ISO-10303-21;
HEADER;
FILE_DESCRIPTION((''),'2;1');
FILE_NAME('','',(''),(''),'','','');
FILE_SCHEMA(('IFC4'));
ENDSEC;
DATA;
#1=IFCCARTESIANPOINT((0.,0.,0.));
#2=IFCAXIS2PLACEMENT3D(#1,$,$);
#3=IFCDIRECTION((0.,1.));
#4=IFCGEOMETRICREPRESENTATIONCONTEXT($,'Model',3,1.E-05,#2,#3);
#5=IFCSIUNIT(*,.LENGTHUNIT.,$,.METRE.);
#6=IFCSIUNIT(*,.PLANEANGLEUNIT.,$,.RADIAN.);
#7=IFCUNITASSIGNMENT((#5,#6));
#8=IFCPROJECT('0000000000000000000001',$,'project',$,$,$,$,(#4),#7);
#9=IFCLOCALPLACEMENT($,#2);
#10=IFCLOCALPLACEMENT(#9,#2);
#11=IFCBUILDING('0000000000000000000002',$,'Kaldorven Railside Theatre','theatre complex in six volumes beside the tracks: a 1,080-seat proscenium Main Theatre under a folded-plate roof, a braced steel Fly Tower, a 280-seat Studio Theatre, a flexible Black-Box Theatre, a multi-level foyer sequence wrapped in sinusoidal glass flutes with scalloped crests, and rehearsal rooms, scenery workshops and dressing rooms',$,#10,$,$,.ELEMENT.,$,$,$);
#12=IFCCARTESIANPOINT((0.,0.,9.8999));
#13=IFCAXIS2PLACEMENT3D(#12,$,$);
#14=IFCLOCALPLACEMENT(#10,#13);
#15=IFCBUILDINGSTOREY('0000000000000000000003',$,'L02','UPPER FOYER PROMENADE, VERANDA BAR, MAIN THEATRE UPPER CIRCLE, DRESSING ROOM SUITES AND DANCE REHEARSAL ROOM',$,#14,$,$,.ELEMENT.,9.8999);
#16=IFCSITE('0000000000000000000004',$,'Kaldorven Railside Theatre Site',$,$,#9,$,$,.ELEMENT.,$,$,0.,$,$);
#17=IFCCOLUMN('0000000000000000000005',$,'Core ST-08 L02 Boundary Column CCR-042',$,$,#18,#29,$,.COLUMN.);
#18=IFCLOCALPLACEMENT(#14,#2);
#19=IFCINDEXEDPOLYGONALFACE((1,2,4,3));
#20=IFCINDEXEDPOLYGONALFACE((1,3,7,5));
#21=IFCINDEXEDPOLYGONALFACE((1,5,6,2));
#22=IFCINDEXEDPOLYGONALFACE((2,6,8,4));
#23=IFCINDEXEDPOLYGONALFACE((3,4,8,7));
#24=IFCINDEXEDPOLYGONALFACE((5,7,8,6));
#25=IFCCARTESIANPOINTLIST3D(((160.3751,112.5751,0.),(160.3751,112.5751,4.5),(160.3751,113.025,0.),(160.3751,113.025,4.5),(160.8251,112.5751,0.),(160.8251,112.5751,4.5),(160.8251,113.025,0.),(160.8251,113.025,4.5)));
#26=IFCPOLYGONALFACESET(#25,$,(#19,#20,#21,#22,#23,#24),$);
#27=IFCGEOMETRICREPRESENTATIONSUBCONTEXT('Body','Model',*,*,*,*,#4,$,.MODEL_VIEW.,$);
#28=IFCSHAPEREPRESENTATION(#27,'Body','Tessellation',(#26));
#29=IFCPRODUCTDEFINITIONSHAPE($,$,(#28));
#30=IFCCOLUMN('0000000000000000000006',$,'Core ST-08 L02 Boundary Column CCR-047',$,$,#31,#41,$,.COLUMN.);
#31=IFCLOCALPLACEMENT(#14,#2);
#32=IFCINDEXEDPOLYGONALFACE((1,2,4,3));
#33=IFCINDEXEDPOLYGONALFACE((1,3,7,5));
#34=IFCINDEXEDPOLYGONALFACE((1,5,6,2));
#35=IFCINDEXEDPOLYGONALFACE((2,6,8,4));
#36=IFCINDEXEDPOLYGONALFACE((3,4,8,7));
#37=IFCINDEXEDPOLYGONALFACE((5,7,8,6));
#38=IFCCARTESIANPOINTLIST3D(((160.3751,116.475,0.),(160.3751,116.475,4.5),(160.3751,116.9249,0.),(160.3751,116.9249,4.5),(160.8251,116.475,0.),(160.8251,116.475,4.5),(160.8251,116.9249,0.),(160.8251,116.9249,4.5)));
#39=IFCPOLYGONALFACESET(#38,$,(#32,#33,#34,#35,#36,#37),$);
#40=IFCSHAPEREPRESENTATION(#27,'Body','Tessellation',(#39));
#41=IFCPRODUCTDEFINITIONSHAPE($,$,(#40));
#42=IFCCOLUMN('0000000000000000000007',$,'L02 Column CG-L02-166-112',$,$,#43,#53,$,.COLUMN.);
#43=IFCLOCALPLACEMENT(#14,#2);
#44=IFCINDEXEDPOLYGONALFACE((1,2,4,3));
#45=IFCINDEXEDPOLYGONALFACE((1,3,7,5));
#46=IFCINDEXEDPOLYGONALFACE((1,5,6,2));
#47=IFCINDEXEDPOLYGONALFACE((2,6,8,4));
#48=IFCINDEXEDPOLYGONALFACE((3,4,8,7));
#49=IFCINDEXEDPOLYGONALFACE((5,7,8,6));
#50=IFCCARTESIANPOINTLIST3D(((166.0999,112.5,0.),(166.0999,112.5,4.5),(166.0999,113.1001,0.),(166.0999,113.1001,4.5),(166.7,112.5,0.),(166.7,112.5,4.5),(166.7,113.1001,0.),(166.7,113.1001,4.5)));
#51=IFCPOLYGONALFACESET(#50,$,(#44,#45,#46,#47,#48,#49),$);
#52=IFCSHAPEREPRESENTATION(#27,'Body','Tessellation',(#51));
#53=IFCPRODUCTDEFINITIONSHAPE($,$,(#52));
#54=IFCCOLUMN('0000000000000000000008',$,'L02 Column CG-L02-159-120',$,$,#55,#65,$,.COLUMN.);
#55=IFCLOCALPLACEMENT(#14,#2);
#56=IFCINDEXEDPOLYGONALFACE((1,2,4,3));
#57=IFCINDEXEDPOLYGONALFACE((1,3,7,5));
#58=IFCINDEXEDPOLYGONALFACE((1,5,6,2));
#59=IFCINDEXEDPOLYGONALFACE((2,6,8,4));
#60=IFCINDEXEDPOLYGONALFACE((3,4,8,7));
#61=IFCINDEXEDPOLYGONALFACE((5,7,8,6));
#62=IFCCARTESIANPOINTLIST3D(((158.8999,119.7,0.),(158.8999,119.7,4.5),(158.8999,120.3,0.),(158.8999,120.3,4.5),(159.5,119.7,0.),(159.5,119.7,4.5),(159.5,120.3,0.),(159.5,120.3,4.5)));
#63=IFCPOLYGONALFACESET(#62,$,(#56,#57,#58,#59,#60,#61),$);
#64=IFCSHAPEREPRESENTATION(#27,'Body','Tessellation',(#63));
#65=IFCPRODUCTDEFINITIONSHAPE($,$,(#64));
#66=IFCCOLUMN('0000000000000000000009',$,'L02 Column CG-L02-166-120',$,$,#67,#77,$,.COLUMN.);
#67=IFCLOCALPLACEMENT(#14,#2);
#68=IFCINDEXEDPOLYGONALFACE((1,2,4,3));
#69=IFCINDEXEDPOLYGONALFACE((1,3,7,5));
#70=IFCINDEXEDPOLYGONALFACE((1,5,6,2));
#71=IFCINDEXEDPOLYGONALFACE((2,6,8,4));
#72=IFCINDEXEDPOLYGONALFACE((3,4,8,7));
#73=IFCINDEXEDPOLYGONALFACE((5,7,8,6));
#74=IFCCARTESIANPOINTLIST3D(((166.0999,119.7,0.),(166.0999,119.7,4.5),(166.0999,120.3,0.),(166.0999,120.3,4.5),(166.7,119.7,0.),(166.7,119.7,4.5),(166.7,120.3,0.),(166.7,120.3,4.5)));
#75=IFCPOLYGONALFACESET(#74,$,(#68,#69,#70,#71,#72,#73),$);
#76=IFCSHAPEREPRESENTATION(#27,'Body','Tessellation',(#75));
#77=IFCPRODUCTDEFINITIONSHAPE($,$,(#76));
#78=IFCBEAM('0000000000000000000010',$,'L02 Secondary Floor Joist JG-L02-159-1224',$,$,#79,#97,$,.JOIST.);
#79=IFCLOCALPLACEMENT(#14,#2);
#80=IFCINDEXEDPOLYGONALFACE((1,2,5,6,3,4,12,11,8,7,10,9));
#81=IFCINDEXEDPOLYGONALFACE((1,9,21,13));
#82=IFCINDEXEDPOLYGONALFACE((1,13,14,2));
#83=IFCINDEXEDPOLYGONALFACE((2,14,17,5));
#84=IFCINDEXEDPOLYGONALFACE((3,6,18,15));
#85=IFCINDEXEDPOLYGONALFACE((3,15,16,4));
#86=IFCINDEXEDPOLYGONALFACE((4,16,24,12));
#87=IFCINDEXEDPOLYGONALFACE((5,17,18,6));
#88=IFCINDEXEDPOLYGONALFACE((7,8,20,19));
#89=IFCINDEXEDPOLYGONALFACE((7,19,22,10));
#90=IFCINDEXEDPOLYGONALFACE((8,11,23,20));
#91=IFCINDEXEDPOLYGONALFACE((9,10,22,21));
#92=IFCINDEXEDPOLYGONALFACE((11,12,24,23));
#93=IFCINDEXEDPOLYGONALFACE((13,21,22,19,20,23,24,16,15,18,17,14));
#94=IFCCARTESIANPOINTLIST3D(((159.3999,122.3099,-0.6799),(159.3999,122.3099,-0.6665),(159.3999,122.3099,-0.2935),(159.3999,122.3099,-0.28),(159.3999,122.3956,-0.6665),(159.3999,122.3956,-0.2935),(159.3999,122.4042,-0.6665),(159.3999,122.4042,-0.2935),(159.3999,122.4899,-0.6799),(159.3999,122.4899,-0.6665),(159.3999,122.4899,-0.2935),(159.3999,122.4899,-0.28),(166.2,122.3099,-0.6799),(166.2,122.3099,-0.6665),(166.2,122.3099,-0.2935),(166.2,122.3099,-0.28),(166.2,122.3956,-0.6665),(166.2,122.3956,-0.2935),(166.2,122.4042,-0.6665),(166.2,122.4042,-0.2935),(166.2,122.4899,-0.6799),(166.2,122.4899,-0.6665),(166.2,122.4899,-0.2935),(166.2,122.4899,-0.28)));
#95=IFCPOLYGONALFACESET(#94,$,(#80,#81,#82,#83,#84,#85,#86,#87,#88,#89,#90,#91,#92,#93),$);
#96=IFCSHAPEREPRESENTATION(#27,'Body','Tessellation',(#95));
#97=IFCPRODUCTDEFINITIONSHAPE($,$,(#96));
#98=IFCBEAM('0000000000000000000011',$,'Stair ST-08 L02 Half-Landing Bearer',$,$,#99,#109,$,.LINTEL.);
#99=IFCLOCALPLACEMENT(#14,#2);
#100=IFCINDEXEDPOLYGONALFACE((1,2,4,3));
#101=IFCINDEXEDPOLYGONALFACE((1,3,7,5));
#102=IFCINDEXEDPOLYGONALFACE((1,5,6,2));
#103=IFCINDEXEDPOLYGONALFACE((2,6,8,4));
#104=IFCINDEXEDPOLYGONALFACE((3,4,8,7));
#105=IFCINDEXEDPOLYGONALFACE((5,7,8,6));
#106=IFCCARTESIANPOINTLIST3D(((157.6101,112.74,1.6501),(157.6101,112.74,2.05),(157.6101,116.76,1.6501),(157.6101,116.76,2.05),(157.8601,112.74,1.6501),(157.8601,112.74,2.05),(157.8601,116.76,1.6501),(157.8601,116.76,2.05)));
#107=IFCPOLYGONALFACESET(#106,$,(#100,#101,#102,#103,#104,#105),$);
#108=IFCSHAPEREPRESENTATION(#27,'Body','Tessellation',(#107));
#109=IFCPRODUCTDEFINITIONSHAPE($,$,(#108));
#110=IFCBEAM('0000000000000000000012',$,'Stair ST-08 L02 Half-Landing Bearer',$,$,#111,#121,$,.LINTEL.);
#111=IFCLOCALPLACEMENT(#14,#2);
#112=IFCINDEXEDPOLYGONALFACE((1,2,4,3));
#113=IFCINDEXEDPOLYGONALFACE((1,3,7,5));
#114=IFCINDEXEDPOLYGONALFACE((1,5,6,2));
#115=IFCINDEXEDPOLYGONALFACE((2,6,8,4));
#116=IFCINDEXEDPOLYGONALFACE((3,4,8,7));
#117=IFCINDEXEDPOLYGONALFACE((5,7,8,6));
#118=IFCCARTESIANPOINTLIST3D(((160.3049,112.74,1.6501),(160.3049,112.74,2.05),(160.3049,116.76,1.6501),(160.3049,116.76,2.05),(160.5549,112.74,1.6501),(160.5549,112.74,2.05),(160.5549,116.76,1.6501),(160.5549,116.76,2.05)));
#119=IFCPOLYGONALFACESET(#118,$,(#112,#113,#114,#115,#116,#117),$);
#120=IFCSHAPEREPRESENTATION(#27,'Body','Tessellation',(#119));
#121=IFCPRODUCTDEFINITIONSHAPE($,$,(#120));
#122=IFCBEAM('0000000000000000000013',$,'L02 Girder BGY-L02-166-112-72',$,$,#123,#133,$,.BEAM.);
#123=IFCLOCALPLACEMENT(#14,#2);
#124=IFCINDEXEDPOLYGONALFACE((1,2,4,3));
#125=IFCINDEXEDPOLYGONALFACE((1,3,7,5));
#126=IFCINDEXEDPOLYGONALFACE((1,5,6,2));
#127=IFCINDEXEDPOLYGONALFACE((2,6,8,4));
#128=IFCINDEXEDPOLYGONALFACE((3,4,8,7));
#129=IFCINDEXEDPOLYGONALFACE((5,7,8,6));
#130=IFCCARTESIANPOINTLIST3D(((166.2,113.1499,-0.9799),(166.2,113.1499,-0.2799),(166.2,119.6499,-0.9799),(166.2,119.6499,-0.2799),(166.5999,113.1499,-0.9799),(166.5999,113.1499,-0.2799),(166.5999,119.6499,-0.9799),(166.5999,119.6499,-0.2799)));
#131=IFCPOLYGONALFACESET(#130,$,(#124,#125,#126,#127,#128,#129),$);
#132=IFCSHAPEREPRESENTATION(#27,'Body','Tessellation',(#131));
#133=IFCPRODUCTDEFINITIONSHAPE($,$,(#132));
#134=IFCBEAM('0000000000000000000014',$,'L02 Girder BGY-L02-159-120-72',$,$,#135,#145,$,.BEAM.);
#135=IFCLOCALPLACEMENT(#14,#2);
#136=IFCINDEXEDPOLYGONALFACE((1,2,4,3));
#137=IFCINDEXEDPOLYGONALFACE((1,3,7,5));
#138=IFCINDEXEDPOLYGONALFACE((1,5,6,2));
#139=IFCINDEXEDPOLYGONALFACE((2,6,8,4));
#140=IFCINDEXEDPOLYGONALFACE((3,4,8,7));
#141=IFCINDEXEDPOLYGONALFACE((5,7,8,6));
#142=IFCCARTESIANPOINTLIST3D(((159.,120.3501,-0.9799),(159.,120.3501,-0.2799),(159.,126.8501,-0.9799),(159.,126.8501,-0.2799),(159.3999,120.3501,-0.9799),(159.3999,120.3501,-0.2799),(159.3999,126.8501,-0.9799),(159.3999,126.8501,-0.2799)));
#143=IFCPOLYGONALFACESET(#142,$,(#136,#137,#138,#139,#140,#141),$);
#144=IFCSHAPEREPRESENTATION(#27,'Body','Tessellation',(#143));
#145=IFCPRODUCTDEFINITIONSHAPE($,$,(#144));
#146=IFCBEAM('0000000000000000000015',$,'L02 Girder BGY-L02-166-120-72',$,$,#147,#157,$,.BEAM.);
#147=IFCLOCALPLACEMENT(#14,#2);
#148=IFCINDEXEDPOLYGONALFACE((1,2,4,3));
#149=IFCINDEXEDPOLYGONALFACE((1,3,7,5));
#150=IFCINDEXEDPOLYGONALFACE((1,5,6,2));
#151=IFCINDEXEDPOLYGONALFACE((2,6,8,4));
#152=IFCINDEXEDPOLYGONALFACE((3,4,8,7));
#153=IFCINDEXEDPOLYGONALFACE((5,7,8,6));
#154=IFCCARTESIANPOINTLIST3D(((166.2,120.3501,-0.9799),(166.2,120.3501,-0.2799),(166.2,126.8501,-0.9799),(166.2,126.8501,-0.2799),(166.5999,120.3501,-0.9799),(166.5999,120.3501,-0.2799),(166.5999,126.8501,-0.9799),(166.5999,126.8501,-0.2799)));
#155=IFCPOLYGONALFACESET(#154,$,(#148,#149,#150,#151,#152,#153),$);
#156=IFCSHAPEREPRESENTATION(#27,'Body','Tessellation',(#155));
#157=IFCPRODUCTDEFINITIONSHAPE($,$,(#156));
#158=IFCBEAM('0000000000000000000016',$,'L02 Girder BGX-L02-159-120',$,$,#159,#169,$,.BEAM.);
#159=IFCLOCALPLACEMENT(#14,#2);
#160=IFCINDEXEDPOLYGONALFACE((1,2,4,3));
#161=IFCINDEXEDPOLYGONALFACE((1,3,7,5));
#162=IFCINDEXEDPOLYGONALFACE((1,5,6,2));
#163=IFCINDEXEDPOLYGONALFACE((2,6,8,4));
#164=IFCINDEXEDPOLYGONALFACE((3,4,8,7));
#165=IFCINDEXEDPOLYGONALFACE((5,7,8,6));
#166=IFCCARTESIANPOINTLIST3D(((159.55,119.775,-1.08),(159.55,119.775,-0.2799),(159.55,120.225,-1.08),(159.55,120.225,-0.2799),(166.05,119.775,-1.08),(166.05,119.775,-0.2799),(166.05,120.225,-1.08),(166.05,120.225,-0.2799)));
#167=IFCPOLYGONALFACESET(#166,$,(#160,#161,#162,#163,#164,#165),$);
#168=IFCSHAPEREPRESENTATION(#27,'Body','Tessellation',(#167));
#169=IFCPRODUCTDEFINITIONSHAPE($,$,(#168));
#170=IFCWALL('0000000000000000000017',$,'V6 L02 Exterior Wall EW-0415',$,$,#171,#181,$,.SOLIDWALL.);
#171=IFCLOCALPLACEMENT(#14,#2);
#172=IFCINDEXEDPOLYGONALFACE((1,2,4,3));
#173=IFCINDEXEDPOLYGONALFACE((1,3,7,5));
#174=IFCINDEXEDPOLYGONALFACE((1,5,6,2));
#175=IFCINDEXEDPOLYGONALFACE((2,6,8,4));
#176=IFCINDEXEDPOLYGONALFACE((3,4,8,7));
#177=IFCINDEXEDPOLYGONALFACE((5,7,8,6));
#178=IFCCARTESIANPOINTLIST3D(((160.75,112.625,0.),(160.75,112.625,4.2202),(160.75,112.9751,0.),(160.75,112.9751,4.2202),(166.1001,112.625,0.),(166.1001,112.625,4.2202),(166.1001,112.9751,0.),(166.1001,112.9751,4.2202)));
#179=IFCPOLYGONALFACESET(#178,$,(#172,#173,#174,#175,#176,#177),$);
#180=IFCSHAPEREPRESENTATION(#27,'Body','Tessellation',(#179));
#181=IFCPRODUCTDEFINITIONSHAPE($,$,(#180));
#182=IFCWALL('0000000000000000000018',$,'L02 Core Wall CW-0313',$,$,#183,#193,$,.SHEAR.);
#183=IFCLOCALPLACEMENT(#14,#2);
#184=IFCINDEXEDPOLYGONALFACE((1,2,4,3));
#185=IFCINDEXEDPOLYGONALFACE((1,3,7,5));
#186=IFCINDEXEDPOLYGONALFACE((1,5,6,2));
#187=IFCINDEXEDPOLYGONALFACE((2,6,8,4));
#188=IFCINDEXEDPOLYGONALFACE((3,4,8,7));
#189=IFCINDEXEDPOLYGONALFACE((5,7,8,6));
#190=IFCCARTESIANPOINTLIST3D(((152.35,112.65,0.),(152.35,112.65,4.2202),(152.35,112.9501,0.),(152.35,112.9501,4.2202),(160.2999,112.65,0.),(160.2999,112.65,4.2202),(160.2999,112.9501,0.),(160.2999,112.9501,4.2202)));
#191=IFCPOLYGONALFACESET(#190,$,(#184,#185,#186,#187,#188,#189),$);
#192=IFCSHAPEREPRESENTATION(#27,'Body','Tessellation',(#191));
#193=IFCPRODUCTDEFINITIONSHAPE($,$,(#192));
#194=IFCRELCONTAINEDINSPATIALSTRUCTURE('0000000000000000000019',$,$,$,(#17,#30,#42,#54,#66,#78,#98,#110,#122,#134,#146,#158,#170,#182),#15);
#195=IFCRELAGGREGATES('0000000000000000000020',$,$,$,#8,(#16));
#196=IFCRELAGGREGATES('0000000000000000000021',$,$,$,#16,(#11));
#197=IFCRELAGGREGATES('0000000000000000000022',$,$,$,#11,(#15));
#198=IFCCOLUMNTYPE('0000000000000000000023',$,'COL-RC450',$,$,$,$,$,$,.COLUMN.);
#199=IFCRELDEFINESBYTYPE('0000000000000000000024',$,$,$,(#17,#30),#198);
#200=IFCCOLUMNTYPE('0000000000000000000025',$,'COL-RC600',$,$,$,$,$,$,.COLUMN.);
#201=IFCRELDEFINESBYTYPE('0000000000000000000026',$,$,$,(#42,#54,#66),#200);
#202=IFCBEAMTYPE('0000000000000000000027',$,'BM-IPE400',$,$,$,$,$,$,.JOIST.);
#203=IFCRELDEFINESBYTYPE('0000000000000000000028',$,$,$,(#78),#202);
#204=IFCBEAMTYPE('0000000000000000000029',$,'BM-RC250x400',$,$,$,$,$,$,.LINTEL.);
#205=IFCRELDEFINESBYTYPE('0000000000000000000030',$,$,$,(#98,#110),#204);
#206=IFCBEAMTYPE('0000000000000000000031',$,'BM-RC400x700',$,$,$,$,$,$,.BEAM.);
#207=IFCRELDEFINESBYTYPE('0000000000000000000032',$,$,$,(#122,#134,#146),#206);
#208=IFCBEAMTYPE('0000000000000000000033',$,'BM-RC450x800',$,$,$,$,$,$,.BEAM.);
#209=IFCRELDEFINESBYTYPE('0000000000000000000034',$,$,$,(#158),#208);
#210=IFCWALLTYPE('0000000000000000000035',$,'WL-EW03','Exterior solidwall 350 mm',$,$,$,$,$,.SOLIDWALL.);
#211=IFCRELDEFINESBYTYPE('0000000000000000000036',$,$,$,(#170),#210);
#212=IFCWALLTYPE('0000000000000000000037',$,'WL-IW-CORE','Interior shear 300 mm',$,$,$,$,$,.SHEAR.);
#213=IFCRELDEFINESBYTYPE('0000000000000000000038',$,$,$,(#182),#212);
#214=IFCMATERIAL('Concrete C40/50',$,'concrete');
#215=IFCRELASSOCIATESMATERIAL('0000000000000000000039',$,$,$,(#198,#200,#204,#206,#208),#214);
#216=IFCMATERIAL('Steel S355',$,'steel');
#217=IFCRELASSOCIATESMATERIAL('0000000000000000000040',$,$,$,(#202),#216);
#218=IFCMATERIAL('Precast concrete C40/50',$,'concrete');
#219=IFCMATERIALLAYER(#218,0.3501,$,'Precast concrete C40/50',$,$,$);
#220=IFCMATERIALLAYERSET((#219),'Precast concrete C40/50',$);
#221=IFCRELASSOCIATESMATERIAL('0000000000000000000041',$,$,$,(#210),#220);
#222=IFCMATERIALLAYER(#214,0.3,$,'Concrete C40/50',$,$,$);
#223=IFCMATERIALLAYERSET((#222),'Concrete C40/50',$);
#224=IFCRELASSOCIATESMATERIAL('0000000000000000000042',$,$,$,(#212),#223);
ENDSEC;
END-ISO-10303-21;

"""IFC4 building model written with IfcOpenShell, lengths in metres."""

from ifc_helpers import new_model, si_unit, direction, frame, frame_2d, origin, origin_2d, place, context, subcontext, project, spatial, rectangle, i_section, extrude, material, layer, layer_set, material_profile, profile_set, type_object, element, save


model = new_model("IFC4")

# Units and contexts
model_context = context("Model", 3, precision=1e-05, world=origin(), true_north=direction((0.0, 1.0)))
body_context = subcontext(model_context, "Body", "Model", "MODEL_VIEW")
ifc_project = project(units=[si_unit("LENGTHUNIT", "METRE"), si_unit("PLANEANGLEUNIT", "RADIAN")], contexts=[model_context])

# Site, building, storey
site_placement = place(None, origin())
site = spatial("IfcSite", under=ifc_project, at=site_placement, Name="Kaldorven Railside Theatre Site", CompositionType="ELEMENT", RefElevation=0.0)
building_placement = place(site_placement, origin())
building = spatial("IfcBuilding", under=site, at=building_placement, Name="Kaldorven Railside Theatre", Description="theatre complex in six volumes beside the tracks: a 1,080-seat proscenium Main Theatre under a folded-plate roof, a braced steel Fly Tower, a 280-seat Studio Theatre, a flexible Black-Box Theatre, a multi-level foyer sequence wrapped in sinusoidal glass flutes with scalloped crests, and rehearsal rooms, scenery workshops and dressing rooms", CompositionType="ELEMENT")
storey_placement = place(building_placement, frame((0.0, 0.0, 9.8999)))
storey = spatial("IfcBuildingStorey", under=building, at=storey_placement, Name="L02", Description="UPPER FOYER PROMENADE, VERANDA BAR, MAIN THEATRE UPPER CIRCLE, DRESSING ROOM SUITES AND DANCE REHEARSAL ROOM", CompositionType="ELEMENT", Elevation=9.8999)

# Columns
ifc_material_1 = material(Name="Concrete C40/50", Category="concrete")
ifc_material_profile_1 = material_profile(ifc_material_1, rectangle(XDim=0.45, YDim=0.45, at=origin_2d()), Name="RC 450x450")
ifc_profile_set_1 = profile_set([ifc_material_profile_1], Name="Concrete C40/50")
column_type_1 = type_object("IfcColumnType", Name="COL-RC450", PredefinedType="COLUMN", material=ifc_profile_set_1)
for number, where, z_axis, x_axis, name in (
    (1, (160.6001, 112.8, 0.0), (0.0, 0.0, 1.0), (1.0, 0.0, 0.0), "Core ST-08 L02 Boundary Column CCR-042"),
    (2, (160.6001, 116.7, 0.0), (0.0, 0.0, 1.0), (1.0, 0.0, 0.0), "Core ST-08 L02 Boundary Column CCR-047"),
):
    element("IfcColumn", number, at=place(storey_placement, frame(where, z_axis=z_axis, x_axis=x_axis)), inside=storey, type_object=column_type_1, Name=name, PredefinedType="COLUMN", context=body_context, shape_type="SweptSolid", body=[
        extrude(rectangle(XDim=0.45, YDim=0.45, at=origin_2d()), origin(), (0.0, 0.0, 1.0), 4.5),
    ])
ifc_material_profile_2 = material_profile(ifc_material_1, rectangle(XDim=0.6001, YDim=0.6001, at=origin_2d()), Name="RC 600x600")
ifc_profile_set_2 = profile_set([ifc_material_profile_2], Name="Concrete C40/50")
column_type_2 = type_object("IfcColumnType", Name="COL-RC600", PredefinedType="COLUMN", material=ifc_profile_set_2)
for number, where, z_axis, x_axis, name in (
    (3, (166.3999, 112.8, 0.0), (0.0, 0.0, 1.0), (0.0, 1.0, 0.0), "L02 Column CG-L02-166-112"),
    (4, (159.2, 120.0, 0.0), (0.0, 0.0, 1.0), (0.0, 1.0, 0.0), "L02 Column CG-L02-159-120"),
    (5, (166.3999, 120.0, 0.0), (0.0, 0.0, 1.0), (1.0, 0.0, 0.0), "L02 Column CG-L02-166-120"),
):
    element("IfcColumn", number, at=place(storey_placement, frame(where, z_axis=z_axis, x_axis=x_axis)), inside=storey, type_object=column_type_2, Name=name, PredefinedType="COLUMN", context=body_context, shape_type="SweptSolid", body=[
        extrude(rectangle(XDim=0.6001, YDim=0.6001, at=origin_2d()), origin(), (0.0, 0.0, 1.0), 4.5),
    ])

# Beams
ifc_material_2 = material(Name="Steel S355", Category="steel")
ifc_material_profile_3 = material_profile(ifc_material_2, i_section(OverallWidth=0.1799, OverallDepth=0.3999, WebThickness=0.0085, FlangeThickness=0.0134, at=origin_2d()), Name="IPE 400")
ifc_profile_set_3 = profile_set([ifc_material_profile_3], Name="Steel S355")
beam_type_1 = type_object("IfcBeamType", Name="BM-IPE400", PredefinedType="JOIST", material=ifc_profile_set_3)
beam_1_placement = place(storey_placement, frame((159.3999, 122.3999, -0.48), z_axis=(1.0, 0.0, 0.0), x_axis=(0.0, 1.0, 0.0)))
element("IfcBeam", 6, at=beam_1_placement, inside=storey, type_object=beam_type_1, Name="L02 Secondary Floor Joist JG-L02-159-1224", PredefinedType="JOIST", context=body_context, shape_type="SweptSolid", body=[
    extrude(i_section(OverallWidth=0.1799, OverallDepth=0.3999, WebThickness=0.0085, FlangeThickness=0.0134, at=origin_2d()), origin(), (0.0, 0.0, 1.0), 6.8),
])
ifc_material_profile_4 = material_profile(ifc_material_1, rectangle(XDim=0.25, YDim=0.3999, at=origin_2d()), Name="RC 250x400")
ifc_profile_set_4 = profile_set([ifc_material_profile_4], Name="Concrete C40/50")
beam_type_2 = type_object("IfcBeamType", Name="BM-RC250x400", PredefinedType="LINTEL", material=ifc_profile_set_4)
for number, where, z_axis, x_axis, name in (
    (7, (157.7351, 112.74, 1.8501), (0.0, 1.0, 0.0), (-1.0, 0.0, 0.0), "Stair ST-08 L02 Half-Landing Bearer"),
    (8, (160.4299, 112.74, 1.8501), (0.0, 1.0, 0.0), (-1.0, 0.0, 0.0), "Stair ST-08 L02 Half-Landing Bearer"),
):
    element("IfcBeam", number, at=place(storey_placement, frame(where, z_axis=z_axis, x_axis=x_axis)), inside=storey, type_object=beam_type_2, Name=name, PredefinedType="LINTEL", context=body_context, shape_type="SweptSolid", body=[
        extrude(rectangle(XDim=0.25, YDim=0.3999, at=origin_2d()), origin(), (0.0, 0.0, 1.0), 4.02),
    ])
ifc_material_profile_5 = material_profile(ifc_material_1, rectangle(XDim=0.3999, YDim=0.7, at=origin_2d()), Name="RC 400x700")
ifc_profile_set_5 = profile_set([ifc_material_profile_5], Name="Concrete C40/50")
beam_type_3 = type_object("IfcBeamType", Name="BM-RC400x700", PredefinedType="BEAM", material=ifc_profile_set_5)
for number, where, z_axis, x_axis, name in (
    (9, (166.3999, 113.1499, -0.6299), (0.0, 1.0, 0.0), (-1.0, 0.0, 0.0), "L02 Girder BGY-L02-166-112-72"),
    (10, (159.2, 120.3501, -0.6299), (0.0, 1.0, 0.0), (-1.0, 0.0, 0.0), "L02 Girder BGY-L02-159-120-72"),
    (11, (166.3999, 120.3501, -0.6299), (0.0, 1.0, 0.0), (-1.0, 0.0, 0.0), "L02 Girder BGY-L02-166-120-72"),
):
    element("IfcBeam", number, at=place(storey_placement, frame(where, z_axis=z_axis, x_axis=x_axis)), inside=storey, type_object=beam_type_3, Name=name, PredefinedType="BEAM", context=body_context, shape_type="SweptSolid", body=[
        extrude(rectangle(XDim=0.3999, YDim=0.7, at=origin_2d()), origin(), (0.0, 0.0, 1.0), 6.5),
    ])
ifc_material_profile_6 = material_profile(ifc_material_1, rectangle(XDim=0.45, YDim=0.8, at=origin_2d()), Name="RC 450x800")
ifc_profile_set_6 = profile_set([ifc_material_profile_6], Name="Concrete C40/50")
beam_type_4 = type_object("IfcBeamType", Name="BM-RC450x800", PredefinedType="BEAM", material=ifc_profile_set_6)
beam_2_placement = place(storey_placement, frame((159.55, 120.0, -0.6799), z_axis=(1.0, 0.0, 0.0), x_axis=(0.0, 1.0, 0.0)))
element("IfcBeam", 12, at=beam_2_placement, inside=storey, type_object=beam_type_4, Name="L02 Girder BGX-L02-159-120", PredefinedType="BEAM", context=body_context, shape_type="SweptSolid", body=[
    extrude(rectangle(XDim=0.45, YDim=0.8, at=origin_2d()), origin(), (0.0, 0.0, 1.0), 6.5),
])

# Walls
ifc_material_3 = material(Name="Precast concrete C40/50", Category="concrete")
ifc_layer_1 = layer(ifc_material_3, 0.3501, Name="Precast concrete C40/50")
ifc_layer_set_1 = layer_set([ifc_layer_1], Name="Precast concrete C40/50")
wall_type_1 = type_object("IfcWallType", Name="WL-EW03", Description="Exterior solidwall 350 mm", PredefinedType="SOLIDWALL", material=ifc_layer_set_1)
wall_1_placement = place(storey_placement, frame((166.1001, 112.8, 0.0), z_axis=(0.0, 0.0, 1.0), x_axis=(-1.0, 0.0, 0.0)))
element("IfcWall", 13, at=wall_1_placement, inside=storey, type_object=wall_type_1, Name="V6 L02 Exterior Wall EW-0415", PredefinedType="SOLIDWALL", context=body_context, shape_type="SweptSolid", body=[
    extrude(rectangle(XDim=5.3501, YDim=0.3501, at=frame_2d((2.675, 0.0))), origin(), (0.0, 0.0, 1.0), 4.2202),
])
ifc_layer_2 = layer(ifc_material_1, 0.3, Name="Concrete C40/50")
ifc_layer_set_2 = layer_set([ifc_layer_2], Name="Concrete C40/50")
wall_type_2 = type_object("IfcWallType", Name="WL-IW-CORE", Description="Interior shear 300 mm", PredefinedType="SHEAR", material=ifc_layer_set_2)
wall_2_placement = place(storey_placement, frame((160.3, 112.8, 0.0), z_axis=(0.0, 0.0, 1.0), x_axis=(-1.0, 0.0, 0.0)))
element("IfcWall", 14, at=wall_2_placement, inside=storey, type_object=wall_type_2, Name="L02 Core Wall CW-0313", PredefinedType="SHEAR", context=body_context, shape_type="SweptSolid", body=[
    extrude(rectangle(XDim=7.95, YDim=0.3, at=frame_2d((3.9751, 0.0))), origin(), (0.0, 0.0, 1.0), 4.2202),
])

save(model, "model.ifc")
